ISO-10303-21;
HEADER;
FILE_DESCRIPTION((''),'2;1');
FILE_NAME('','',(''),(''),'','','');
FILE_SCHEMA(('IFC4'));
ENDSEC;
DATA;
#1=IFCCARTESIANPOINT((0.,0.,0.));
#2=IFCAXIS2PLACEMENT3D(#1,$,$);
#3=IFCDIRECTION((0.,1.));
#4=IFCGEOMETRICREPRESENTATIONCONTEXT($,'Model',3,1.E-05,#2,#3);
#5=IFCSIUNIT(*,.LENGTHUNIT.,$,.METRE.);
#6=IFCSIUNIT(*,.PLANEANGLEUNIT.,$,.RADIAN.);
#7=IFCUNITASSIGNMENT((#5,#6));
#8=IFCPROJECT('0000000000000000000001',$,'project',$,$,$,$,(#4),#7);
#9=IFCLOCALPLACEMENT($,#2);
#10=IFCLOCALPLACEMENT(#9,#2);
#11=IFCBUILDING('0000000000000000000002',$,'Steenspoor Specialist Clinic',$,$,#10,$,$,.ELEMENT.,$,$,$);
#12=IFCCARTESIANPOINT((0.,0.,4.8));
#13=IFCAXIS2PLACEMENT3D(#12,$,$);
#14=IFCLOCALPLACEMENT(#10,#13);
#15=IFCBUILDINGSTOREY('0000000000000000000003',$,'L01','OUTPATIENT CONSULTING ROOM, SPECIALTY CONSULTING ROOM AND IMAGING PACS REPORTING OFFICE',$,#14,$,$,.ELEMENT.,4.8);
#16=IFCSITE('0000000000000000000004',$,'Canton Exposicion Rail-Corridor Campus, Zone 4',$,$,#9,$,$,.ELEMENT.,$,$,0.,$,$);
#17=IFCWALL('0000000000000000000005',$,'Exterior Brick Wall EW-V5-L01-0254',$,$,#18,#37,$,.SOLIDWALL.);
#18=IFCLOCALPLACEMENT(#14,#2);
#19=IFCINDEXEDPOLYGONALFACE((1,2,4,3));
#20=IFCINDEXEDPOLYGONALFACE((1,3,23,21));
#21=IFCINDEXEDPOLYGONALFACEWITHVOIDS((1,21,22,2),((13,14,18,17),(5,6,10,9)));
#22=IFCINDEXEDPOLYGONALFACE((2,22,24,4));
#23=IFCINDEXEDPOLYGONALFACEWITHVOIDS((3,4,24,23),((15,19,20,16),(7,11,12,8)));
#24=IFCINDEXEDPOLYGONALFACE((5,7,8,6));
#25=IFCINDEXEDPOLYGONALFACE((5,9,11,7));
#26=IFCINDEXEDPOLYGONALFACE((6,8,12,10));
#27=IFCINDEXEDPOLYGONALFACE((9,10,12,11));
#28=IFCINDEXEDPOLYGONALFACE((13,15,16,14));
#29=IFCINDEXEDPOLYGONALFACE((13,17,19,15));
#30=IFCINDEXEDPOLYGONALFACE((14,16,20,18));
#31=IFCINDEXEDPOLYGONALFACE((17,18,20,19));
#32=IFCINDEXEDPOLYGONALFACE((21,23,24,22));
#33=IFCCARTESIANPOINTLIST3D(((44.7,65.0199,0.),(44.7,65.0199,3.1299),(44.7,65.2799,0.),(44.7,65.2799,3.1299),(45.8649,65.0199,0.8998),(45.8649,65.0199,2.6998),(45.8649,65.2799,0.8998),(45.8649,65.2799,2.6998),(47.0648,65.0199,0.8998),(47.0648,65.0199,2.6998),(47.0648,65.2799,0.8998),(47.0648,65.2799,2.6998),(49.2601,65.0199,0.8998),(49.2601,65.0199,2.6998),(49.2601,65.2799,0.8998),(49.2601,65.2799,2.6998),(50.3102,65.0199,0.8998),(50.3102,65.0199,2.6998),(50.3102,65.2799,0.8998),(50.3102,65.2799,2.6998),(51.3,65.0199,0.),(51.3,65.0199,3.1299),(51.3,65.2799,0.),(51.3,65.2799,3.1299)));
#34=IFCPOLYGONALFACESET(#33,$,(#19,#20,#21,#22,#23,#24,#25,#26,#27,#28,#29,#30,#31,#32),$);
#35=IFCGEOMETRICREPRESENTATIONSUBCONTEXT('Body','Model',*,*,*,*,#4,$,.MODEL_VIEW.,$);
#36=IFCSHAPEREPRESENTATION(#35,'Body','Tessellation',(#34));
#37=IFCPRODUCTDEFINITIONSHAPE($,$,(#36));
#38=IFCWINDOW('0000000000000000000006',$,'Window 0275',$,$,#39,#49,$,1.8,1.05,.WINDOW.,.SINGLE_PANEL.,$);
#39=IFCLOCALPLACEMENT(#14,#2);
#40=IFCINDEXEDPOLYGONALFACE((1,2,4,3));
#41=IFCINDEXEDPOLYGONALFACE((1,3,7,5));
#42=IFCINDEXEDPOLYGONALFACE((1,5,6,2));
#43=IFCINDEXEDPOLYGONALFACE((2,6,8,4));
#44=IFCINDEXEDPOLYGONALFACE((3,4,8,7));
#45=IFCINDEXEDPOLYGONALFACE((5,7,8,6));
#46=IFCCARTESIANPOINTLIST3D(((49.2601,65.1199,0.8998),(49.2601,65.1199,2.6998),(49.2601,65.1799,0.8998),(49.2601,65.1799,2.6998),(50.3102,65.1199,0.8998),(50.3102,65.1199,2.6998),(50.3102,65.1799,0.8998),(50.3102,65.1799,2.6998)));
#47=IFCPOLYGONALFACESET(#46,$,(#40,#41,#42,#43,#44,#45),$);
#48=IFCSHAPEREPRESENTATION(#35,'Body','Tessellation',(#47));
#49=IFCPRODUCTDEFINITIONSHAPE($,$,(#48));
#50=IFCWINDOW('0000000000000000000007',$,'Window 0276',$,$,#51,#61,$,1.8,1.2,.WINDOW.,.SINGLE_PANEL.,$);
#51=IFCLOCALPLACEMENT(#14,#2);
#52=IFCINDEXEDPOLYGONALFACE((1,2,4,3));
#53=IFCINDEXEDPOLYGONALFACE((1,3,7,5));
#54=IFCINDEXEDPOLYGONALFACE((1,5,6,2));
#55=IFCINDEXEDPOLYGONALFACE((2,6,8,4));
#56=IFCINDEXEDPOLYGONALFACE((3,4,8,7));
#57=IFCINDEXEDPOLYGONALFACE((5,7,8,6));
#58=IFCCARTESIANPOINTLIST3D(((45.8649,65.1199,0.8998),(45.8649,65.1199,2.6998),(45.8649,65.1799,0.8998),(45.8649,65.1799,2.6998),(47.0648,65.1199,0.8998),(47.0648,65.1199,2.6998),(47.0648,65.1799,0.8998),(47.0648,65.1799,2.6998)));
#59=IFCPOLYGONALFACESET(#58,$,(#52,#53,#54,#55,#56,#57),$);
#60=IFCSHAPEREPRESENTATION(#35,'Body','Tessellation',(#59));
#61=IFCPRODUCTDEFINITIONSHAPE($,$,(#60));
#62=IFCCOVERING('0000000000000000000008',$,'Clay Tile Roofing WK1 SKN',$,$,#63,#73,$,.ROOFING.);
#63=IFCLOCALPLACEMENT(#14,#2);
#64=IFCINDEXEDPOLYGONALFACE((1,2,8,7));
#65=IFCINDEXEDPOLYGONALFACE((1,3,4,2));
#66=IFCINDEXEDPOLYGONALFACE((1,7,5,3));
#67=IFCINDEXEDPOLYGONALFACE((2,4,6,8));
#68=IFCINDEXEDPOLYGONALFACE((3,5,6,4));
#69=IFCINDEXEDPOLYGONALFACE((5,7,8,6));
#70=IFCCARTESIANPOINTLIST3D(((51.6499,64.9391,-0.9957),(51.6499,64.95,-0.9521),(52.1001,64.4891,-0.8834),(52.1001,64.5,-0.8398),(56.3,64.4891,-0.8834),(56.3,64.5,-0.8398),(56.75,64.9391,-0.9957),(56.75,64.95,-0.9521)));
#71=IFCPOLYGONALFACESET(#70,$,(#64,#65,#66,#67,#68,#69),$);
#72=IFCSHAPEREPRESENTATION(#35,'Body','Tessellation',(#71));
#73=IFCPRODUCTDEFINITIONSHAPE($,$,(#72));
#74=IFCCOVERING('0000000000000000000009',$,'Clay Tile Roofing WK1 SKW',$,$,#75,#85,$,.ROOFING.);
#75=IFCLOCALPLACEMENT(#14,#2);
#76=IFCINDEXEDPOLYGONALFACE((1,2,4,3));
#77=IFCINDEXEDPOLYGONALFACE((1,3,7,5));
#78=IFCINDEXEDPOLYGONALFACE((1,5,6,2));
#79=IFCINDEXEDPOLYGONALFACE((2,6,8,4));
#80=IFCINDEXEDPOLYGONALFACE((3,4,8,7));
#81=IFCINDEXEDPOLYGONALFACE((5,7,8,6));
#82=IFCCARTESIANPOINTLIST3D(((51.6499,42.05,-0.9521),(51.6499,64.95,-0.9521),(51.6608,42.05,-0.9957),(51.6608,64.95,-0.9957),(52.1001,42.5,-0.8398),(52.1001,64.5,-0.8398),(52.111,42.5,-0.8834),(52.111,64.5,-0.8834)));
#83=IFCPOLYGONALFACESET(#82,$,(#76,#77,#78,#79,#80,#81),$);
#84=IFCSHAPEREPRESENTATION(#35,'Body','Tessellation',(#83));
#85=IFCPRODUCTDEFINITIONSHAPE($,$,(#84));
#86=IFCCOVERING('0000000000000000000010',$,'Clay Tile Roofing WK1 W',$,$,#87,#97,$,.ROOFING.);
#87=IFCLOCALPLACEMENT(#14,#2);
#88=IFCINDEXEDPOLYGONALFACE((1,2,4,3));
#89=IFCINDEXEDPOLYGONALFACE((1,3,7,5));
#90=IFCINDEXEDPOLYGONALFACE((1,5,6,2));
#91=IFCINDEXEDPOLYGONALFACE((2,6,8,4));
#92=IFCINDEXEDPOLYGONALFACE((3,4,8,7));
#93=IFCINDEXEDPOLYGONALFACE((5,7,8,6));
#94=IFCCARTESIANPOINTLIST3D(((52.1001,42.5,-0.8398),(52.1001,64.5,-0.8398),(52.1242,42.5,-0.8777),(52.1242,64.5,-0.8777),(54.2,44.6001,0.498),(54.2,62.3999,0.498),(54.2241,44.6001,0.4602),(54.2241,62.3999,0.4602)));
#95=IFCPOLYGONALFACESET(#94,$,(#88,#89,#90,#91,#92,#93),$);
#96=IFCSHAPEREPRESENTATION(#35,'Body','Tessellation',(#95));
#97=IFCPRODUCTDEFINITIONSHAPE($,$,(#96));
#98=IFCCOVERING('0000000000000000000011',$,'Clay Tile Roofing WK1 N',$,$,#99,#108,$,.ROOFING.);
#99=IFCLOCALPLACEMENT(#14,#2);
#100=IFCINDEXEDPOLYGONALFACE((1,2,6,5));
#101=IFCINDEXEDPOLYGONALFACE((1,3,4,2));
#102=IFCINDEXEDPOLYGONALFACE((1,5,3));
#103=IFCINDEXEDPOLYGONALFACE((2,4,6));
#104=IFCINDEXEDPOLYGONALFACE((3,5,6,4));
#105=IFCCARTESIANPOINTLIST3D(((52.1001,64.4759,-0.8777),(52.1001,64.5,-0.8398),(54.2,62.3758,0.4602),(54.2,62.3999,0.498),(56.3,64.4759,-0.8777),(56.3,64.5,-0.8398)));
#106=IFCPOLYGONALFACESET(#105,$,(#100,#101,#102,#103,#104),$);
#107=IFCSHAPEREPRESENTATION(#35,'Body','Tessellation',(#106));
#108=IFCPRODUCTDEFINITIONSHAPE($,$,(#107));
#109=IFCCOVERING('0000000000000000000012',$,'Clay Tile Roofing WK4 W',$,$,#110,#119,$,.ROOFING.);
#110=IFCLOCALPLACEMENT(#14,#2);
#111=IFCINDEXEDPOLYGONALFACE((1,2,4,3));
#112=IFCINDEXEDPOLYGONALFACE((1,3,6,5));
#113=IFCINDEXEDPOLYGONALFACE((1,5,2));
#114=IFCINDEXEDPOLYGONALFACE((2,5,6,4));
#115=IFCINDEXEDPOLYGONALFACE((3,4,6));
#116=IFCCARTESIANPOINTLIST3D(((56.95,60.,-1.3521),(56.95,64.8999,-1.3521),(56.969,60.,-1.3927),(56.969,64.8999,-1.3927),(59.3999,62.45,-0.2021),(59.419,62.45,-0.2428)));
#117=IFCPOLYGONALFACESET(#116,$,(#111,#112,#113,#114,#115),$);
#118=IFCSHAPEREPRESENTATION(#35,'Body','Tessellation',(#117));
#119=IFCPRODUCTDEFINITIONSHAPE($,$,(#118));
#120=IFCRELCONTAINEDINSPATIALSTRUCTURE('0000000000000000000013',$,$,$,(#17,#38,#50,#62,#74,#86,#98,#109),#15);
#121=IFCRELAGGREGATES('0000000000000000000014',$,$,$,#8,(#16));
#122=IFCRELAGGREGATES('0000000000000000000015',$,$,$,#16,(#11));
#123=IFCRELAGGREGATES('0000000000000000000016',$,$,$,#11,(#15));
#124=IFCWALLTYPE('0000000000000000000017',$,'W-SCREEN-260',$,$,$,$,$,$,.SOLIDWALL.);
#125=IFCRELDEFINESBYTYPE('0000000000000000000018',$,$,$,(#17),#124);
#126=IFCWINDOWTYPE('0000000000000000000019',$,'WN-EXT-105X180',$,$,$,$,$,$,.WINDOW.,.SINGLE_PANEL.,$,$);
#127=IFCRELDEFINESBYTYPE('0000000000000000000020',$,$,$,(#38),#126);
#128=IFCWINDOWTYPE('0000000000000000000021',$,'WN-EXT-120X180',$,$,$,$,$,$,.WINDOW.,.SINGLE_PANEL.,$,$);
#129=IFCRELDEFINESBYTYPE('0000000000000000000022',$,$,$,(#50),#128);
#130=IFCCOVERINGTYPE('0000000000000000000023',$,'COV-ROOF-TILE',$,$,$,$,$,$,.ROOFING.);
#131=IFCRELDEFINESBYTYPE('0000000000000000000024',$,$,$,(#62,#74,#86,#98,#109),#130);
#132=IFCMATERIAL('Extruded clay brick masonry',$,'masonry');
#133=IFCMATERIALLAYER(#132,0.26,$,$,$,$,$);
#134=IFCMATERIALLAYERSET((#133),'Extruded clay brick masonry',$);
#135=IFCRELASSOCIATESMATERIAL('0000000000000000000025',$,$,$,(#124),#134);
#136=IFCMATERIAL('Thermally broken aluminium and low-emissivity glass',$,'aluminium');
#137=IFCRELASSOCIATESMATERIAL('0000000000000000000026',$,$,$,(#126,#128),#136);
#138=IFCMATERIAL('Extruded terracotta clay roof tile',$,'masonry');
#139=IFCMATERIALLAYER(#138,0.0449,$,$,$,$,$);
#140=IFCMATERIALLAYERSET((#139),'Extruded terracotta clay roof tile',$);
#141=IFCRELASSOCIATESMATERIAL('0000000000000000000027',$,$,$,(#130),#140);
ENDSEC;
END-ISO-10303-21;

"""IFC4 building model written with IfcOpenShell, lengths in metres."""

from ifc_helpers import new_model, si_unit, direction, frame, frame_2d, origin, place, context, subcontext, project, spatial, polyline, rectangle, outline, extrude, material, layer, layer_set, type_object, element, fill, save


model = new_model("IFC4")

# Units and contexts
model_context = context("Model", 3, precision=1e-05, world=origin(), true_north=direction((0.0, 1.0)))
body_context = subcontext(model_context, "Body", "Model", "MODEL_VIEW")
ifc_project = project(units=[si_unit("LENGTHUNIT", "METRE"), si_unit("PLANEANGLEUNIT", "RADIAN")], contexts=[model_context])

# Site, building, storey
site_placement = place(None, origin())
site = spatial("IfcSite", under=ifc_project, at=site_placement, Name="Canton Exposicion Rail-Corridor Campus, Zone 4", CompositionType="ELEMENT", RefElevation=0.0)
building_placement = place(site_placement, origin())
building = spatial("IfcBuilding", under=site, at=building_placement, Name="Steenspoor Specialist Clinic", CompositionType="ELEMENT")
storey_placement = place(building_placement, frame((0.0, 0.0, 4.8)))
storey = spatial("IfcBuildingStorey", under=building, at=storey_placement, Name="L01", Description="OUTPATIENT CONSULTING ROOM, SPECIALTY CONSULTING ROOM AND IMAGING PACS REPORTING OFFICE", CompositionType="ELEMENT", Elevation=4.8)

# Shared definitions
ifc_material_1 = material(Name="Thermally broken aluminium and low-emissivity glass", Category="aluminium")

# Shared definitions
ifc_material_2 = material(Name="Extruded terracotta clay roof tile", Category="masonry")

# Shared definitions
ifc_material_3 = material(Name="Extruded clay brick masonry", Category="masonry")

# Wall, openings, windows
ifc_layer_1 = layer(ifc_material_3, 0.26)
ifc_layer_set_1 = layer_set([ifc_layer_1], Name="Extruded clay brick masonry")
wall_type_1 = type_object("IfcWallType", Name="W-SCREEN-260", PredefinedType="SOLIDWALL", material=ifc_layer_set_1)
wall_1_placement = place(storey_placement, frame((51.3, 65.1499, 0.0), z_axis=(0.0, 0.0, 1.0), x_axis=(-1.0, 0.0, 0.0)))
wall_1 = element("IfcWall", 1, at=wall_1_placement, inside=storey, type_object=wall_type_1, Name="Exterior Brick Wall EW-V5-L01-0254", PredefinedType="SOLIDWALL", context=body_context, shape_type="SweptSolid", body=[
    extrude(rectangle(XDim=6.6001, YDim=0.26, at=frame_2d((3.3, 0.0))), origin(), (0.0, 0.0, 1.0), 3.1299),
])
opening_1_placement = place(wall_1_placement, frame((0.99, 0.0, 0.8999)))
opening_1 = element("IfcOpeningElement", 2, at=opening_1_placement, cuts=wall_1, PredefinedType="OPENING", context=body_context, shape_type="SweptSolid", body=[
    extrude(rectangle(XDim=1.05, YDim=1.8, at=frame_2d((0.5249, 0.8999))), frame((0.0, 0.1401, 0.0), z_axis=(0.0, -1.0, 0.0), x_axis=(1.0, 0.0, 0.0)), (0.0, 0.0, 1.0), 0.28),
])
opening_2_placement = place(wall_1_placement, frame((4.2351, 0.0, 0.8999)))
opening_2 = element("IfcOpeningElement", 3, at=opening_2_placement, cuts=wall_1, PredefinedType="OPENING", context=body_context, shape_type="SweptSolid", body=[
    extrude(rectangle(XDim=1.2, YDim=1.8, at=frame_2d((0.6001, 0.8999))), frame((0.0, 0.1401, 0.0), z_axis=(0.0, -1.0, 0.0), x_axis=(1.0, 0.0, 0.0)), (0.0, 0.0, 1.0), 0.28),
])
window_type_1 = type_object("IfcWindowType", Name="WN-EXT-105X180", PartitioningType="SINGLE_PANEL", PredefinedType="WINDOW", material=ifc_material_1)
window_1_placement = place(opening_1_placement, origin())
window_1 = element("IfcWindow", 4, at=window_1_placement, inside=storey, type_object=window_type_1, Name="Window 0275", OverallHeight=1.8, OverallWidth=1.05, PartitioningType="SINGLE_PANEL", PredefinedType="WINDOW", context=body_context, shape_type="SweptSolid", body=[
    extrude(rectangle(XDim=1.05, YDim=1.8, at=frame_2d((0.5249, 0.8999))), frame((0.0, 0.03, 0.0), z_axis=(0.0, -1.0, 0.0), x_axis=(1.0, 0.0, 0.0)), (0.0, 0.0, 1.0), 0.0601),
])
fill(opening_1, window_1)
window_type_2 = type_object("IfcWindowType", Name="WN-EXT-120X180", PartitioningType="SINGLE_PANEL", PredefinedType="WINDOW", material=ifc_material_1)
window_2_placement = place(opening_2_placement, origin())
window_2 = element("IfcWindow", 5, at=window_2_placement, inside=storey, type_object=window_type_2, Name="Window 0276", OverallHeight=1.8, OverallWidth=1.2, PartitioningType="SINGLE_PANEL", PredefinedType="WINDOW", context=body_context, shape_type="SweptSolid", body=[
    extrude(rectangle(XDim=1.2, YDim=1.8, at=frame_2d((0.6001, 0.8999))), frame((0.0, 0.03, 0.0), z_axis=(0.0, -1.0, 0.0), x_axis=(1.0, 0.0, 0.0)), (0.0, 0.0, 1.0), 0.0601),
])
fill(opening_2, window_2)

# Coverings
ifc_layer_2 = layer(ifc_material_2, 0.0449)
ifc_layer_set_2 = layer_set([ifc_layer_2], Name="Extruded terracotta clay roof tile")
covering_type = type_object("IfcCoveringType", Name="COV-ROOF-TILE", PredefinedType="ROOFING", material=ifc_layer_set_2)
covering_1_placement = place(storey_placement, frame((56.75, 64.95, -0.9521), z_axis=(0.0, 0.242164, 0.970235), x_axis=(-1.0, 0.0, 0.0)))
element("IfcCovering", 6, at=covering_1_placement, inside=storey, type_object=covering_type, Name="Clay Tile Roofing WK1 SKN", PredefinedType="ROOFING", context=body_context, shape_type="SweptSolid", body=[
    extrude(outline(polyline([(0.0, 0.0), (5.1001, 0.0), (4.6499, 0.4638), (0.45, 0.4638), (0.0, 0.0)])), origin(), (0.0, 0.0, -1.0), 0.0449),
])
covering_2_placement = place(storey_placement, frame((51.6499, 64.95, -0.9521), z_axis=(-0.24204, 0.0, 0.970266), x_axis=(0.0, -1.0, 0.0)))
element("IfcCovering", 7, at=covering_2_placement, inside=storey, type_object=covering_type, Name="Clay Tile Roofing WK1 SKW", PredefinedType="ROOFING", context=body_context, shape_type="SweptSolid", body=[
    extrude(outline(polyline([(0.0, 0.0), (22.8999, 0.0), (22.45, 0.464), (0.45, 0.464), (0.0, 0.0)])), origin(), (0.0, 0.0, -1.0), 0.0449),
])
covering_3_placement = place(storey_placement, frame((52.1001, 64.5, -0.8398), z_axis=(-0.537339, 0.0, 0.843367), x_axis=(0.0, -1.0, 0.0)))
element("IfcCovering", 8, at=covering_3_placement, inside=storey, type_object=covering_type, Name="Clay Tile Roofing WK1 W", PredefinedType="ROOFING", context=body_context, shape_type="SweptSolid", body=[
    extrude(outline(polyline([(0.0, 0.0), (22.0, 0.0), (19.8999, 2.4898), (2.1001, 2.4898), (0.0, 0.0)])), origin(), (0.0, 0.0, -1.0), 0.0449),
])
covering_4_placement = place(storey_placement, frame((56.3, 64.5, -0.8398), z_axis=(0.0, 0.537294, 0.843395), x_axis=(-1.0, 0.0, 0.0)))
element("IfcCovering", 9, at=covering_4_placement, inside=storey, type_object=covering_type, Name="Clay Tile Roofing WK1 N", PredefinedType="ROOFING", context=body_context, shape_type="SweptSolid", body=[
    extrude(outline(polyline([(0.0, 0.0), (4.2, 0.0), (2.1001, 2.4901), (0.0, 0.0)])), origin(), (0.0, 0.0, -1.0), 0.0449),
])
covering_5_placement = place(storey_placement, frame((56.95, 64.8999, -1.3521), z_axis=(-0.424885, 0.0, 0.905248), x_axis=(0.0, -1.0, 0.0)))
element("IfcCovering", 10, at=covering_5_placement, inside=storey, type_object=covering_type, Name="Clay Tile Roofing WK4 W", PredefinedType="ROOFING", context=body_context, shape_type="SweptSolid", body=[
    extrude(outline(polyline([(0.0, 0.0), (4.8999, 0.0), (2.45, 2.7064), (0.0, 0.0)])), origin(), (0.0, 0.0, -1.0), 0.0449),
])

save(model, "model.ifc")
